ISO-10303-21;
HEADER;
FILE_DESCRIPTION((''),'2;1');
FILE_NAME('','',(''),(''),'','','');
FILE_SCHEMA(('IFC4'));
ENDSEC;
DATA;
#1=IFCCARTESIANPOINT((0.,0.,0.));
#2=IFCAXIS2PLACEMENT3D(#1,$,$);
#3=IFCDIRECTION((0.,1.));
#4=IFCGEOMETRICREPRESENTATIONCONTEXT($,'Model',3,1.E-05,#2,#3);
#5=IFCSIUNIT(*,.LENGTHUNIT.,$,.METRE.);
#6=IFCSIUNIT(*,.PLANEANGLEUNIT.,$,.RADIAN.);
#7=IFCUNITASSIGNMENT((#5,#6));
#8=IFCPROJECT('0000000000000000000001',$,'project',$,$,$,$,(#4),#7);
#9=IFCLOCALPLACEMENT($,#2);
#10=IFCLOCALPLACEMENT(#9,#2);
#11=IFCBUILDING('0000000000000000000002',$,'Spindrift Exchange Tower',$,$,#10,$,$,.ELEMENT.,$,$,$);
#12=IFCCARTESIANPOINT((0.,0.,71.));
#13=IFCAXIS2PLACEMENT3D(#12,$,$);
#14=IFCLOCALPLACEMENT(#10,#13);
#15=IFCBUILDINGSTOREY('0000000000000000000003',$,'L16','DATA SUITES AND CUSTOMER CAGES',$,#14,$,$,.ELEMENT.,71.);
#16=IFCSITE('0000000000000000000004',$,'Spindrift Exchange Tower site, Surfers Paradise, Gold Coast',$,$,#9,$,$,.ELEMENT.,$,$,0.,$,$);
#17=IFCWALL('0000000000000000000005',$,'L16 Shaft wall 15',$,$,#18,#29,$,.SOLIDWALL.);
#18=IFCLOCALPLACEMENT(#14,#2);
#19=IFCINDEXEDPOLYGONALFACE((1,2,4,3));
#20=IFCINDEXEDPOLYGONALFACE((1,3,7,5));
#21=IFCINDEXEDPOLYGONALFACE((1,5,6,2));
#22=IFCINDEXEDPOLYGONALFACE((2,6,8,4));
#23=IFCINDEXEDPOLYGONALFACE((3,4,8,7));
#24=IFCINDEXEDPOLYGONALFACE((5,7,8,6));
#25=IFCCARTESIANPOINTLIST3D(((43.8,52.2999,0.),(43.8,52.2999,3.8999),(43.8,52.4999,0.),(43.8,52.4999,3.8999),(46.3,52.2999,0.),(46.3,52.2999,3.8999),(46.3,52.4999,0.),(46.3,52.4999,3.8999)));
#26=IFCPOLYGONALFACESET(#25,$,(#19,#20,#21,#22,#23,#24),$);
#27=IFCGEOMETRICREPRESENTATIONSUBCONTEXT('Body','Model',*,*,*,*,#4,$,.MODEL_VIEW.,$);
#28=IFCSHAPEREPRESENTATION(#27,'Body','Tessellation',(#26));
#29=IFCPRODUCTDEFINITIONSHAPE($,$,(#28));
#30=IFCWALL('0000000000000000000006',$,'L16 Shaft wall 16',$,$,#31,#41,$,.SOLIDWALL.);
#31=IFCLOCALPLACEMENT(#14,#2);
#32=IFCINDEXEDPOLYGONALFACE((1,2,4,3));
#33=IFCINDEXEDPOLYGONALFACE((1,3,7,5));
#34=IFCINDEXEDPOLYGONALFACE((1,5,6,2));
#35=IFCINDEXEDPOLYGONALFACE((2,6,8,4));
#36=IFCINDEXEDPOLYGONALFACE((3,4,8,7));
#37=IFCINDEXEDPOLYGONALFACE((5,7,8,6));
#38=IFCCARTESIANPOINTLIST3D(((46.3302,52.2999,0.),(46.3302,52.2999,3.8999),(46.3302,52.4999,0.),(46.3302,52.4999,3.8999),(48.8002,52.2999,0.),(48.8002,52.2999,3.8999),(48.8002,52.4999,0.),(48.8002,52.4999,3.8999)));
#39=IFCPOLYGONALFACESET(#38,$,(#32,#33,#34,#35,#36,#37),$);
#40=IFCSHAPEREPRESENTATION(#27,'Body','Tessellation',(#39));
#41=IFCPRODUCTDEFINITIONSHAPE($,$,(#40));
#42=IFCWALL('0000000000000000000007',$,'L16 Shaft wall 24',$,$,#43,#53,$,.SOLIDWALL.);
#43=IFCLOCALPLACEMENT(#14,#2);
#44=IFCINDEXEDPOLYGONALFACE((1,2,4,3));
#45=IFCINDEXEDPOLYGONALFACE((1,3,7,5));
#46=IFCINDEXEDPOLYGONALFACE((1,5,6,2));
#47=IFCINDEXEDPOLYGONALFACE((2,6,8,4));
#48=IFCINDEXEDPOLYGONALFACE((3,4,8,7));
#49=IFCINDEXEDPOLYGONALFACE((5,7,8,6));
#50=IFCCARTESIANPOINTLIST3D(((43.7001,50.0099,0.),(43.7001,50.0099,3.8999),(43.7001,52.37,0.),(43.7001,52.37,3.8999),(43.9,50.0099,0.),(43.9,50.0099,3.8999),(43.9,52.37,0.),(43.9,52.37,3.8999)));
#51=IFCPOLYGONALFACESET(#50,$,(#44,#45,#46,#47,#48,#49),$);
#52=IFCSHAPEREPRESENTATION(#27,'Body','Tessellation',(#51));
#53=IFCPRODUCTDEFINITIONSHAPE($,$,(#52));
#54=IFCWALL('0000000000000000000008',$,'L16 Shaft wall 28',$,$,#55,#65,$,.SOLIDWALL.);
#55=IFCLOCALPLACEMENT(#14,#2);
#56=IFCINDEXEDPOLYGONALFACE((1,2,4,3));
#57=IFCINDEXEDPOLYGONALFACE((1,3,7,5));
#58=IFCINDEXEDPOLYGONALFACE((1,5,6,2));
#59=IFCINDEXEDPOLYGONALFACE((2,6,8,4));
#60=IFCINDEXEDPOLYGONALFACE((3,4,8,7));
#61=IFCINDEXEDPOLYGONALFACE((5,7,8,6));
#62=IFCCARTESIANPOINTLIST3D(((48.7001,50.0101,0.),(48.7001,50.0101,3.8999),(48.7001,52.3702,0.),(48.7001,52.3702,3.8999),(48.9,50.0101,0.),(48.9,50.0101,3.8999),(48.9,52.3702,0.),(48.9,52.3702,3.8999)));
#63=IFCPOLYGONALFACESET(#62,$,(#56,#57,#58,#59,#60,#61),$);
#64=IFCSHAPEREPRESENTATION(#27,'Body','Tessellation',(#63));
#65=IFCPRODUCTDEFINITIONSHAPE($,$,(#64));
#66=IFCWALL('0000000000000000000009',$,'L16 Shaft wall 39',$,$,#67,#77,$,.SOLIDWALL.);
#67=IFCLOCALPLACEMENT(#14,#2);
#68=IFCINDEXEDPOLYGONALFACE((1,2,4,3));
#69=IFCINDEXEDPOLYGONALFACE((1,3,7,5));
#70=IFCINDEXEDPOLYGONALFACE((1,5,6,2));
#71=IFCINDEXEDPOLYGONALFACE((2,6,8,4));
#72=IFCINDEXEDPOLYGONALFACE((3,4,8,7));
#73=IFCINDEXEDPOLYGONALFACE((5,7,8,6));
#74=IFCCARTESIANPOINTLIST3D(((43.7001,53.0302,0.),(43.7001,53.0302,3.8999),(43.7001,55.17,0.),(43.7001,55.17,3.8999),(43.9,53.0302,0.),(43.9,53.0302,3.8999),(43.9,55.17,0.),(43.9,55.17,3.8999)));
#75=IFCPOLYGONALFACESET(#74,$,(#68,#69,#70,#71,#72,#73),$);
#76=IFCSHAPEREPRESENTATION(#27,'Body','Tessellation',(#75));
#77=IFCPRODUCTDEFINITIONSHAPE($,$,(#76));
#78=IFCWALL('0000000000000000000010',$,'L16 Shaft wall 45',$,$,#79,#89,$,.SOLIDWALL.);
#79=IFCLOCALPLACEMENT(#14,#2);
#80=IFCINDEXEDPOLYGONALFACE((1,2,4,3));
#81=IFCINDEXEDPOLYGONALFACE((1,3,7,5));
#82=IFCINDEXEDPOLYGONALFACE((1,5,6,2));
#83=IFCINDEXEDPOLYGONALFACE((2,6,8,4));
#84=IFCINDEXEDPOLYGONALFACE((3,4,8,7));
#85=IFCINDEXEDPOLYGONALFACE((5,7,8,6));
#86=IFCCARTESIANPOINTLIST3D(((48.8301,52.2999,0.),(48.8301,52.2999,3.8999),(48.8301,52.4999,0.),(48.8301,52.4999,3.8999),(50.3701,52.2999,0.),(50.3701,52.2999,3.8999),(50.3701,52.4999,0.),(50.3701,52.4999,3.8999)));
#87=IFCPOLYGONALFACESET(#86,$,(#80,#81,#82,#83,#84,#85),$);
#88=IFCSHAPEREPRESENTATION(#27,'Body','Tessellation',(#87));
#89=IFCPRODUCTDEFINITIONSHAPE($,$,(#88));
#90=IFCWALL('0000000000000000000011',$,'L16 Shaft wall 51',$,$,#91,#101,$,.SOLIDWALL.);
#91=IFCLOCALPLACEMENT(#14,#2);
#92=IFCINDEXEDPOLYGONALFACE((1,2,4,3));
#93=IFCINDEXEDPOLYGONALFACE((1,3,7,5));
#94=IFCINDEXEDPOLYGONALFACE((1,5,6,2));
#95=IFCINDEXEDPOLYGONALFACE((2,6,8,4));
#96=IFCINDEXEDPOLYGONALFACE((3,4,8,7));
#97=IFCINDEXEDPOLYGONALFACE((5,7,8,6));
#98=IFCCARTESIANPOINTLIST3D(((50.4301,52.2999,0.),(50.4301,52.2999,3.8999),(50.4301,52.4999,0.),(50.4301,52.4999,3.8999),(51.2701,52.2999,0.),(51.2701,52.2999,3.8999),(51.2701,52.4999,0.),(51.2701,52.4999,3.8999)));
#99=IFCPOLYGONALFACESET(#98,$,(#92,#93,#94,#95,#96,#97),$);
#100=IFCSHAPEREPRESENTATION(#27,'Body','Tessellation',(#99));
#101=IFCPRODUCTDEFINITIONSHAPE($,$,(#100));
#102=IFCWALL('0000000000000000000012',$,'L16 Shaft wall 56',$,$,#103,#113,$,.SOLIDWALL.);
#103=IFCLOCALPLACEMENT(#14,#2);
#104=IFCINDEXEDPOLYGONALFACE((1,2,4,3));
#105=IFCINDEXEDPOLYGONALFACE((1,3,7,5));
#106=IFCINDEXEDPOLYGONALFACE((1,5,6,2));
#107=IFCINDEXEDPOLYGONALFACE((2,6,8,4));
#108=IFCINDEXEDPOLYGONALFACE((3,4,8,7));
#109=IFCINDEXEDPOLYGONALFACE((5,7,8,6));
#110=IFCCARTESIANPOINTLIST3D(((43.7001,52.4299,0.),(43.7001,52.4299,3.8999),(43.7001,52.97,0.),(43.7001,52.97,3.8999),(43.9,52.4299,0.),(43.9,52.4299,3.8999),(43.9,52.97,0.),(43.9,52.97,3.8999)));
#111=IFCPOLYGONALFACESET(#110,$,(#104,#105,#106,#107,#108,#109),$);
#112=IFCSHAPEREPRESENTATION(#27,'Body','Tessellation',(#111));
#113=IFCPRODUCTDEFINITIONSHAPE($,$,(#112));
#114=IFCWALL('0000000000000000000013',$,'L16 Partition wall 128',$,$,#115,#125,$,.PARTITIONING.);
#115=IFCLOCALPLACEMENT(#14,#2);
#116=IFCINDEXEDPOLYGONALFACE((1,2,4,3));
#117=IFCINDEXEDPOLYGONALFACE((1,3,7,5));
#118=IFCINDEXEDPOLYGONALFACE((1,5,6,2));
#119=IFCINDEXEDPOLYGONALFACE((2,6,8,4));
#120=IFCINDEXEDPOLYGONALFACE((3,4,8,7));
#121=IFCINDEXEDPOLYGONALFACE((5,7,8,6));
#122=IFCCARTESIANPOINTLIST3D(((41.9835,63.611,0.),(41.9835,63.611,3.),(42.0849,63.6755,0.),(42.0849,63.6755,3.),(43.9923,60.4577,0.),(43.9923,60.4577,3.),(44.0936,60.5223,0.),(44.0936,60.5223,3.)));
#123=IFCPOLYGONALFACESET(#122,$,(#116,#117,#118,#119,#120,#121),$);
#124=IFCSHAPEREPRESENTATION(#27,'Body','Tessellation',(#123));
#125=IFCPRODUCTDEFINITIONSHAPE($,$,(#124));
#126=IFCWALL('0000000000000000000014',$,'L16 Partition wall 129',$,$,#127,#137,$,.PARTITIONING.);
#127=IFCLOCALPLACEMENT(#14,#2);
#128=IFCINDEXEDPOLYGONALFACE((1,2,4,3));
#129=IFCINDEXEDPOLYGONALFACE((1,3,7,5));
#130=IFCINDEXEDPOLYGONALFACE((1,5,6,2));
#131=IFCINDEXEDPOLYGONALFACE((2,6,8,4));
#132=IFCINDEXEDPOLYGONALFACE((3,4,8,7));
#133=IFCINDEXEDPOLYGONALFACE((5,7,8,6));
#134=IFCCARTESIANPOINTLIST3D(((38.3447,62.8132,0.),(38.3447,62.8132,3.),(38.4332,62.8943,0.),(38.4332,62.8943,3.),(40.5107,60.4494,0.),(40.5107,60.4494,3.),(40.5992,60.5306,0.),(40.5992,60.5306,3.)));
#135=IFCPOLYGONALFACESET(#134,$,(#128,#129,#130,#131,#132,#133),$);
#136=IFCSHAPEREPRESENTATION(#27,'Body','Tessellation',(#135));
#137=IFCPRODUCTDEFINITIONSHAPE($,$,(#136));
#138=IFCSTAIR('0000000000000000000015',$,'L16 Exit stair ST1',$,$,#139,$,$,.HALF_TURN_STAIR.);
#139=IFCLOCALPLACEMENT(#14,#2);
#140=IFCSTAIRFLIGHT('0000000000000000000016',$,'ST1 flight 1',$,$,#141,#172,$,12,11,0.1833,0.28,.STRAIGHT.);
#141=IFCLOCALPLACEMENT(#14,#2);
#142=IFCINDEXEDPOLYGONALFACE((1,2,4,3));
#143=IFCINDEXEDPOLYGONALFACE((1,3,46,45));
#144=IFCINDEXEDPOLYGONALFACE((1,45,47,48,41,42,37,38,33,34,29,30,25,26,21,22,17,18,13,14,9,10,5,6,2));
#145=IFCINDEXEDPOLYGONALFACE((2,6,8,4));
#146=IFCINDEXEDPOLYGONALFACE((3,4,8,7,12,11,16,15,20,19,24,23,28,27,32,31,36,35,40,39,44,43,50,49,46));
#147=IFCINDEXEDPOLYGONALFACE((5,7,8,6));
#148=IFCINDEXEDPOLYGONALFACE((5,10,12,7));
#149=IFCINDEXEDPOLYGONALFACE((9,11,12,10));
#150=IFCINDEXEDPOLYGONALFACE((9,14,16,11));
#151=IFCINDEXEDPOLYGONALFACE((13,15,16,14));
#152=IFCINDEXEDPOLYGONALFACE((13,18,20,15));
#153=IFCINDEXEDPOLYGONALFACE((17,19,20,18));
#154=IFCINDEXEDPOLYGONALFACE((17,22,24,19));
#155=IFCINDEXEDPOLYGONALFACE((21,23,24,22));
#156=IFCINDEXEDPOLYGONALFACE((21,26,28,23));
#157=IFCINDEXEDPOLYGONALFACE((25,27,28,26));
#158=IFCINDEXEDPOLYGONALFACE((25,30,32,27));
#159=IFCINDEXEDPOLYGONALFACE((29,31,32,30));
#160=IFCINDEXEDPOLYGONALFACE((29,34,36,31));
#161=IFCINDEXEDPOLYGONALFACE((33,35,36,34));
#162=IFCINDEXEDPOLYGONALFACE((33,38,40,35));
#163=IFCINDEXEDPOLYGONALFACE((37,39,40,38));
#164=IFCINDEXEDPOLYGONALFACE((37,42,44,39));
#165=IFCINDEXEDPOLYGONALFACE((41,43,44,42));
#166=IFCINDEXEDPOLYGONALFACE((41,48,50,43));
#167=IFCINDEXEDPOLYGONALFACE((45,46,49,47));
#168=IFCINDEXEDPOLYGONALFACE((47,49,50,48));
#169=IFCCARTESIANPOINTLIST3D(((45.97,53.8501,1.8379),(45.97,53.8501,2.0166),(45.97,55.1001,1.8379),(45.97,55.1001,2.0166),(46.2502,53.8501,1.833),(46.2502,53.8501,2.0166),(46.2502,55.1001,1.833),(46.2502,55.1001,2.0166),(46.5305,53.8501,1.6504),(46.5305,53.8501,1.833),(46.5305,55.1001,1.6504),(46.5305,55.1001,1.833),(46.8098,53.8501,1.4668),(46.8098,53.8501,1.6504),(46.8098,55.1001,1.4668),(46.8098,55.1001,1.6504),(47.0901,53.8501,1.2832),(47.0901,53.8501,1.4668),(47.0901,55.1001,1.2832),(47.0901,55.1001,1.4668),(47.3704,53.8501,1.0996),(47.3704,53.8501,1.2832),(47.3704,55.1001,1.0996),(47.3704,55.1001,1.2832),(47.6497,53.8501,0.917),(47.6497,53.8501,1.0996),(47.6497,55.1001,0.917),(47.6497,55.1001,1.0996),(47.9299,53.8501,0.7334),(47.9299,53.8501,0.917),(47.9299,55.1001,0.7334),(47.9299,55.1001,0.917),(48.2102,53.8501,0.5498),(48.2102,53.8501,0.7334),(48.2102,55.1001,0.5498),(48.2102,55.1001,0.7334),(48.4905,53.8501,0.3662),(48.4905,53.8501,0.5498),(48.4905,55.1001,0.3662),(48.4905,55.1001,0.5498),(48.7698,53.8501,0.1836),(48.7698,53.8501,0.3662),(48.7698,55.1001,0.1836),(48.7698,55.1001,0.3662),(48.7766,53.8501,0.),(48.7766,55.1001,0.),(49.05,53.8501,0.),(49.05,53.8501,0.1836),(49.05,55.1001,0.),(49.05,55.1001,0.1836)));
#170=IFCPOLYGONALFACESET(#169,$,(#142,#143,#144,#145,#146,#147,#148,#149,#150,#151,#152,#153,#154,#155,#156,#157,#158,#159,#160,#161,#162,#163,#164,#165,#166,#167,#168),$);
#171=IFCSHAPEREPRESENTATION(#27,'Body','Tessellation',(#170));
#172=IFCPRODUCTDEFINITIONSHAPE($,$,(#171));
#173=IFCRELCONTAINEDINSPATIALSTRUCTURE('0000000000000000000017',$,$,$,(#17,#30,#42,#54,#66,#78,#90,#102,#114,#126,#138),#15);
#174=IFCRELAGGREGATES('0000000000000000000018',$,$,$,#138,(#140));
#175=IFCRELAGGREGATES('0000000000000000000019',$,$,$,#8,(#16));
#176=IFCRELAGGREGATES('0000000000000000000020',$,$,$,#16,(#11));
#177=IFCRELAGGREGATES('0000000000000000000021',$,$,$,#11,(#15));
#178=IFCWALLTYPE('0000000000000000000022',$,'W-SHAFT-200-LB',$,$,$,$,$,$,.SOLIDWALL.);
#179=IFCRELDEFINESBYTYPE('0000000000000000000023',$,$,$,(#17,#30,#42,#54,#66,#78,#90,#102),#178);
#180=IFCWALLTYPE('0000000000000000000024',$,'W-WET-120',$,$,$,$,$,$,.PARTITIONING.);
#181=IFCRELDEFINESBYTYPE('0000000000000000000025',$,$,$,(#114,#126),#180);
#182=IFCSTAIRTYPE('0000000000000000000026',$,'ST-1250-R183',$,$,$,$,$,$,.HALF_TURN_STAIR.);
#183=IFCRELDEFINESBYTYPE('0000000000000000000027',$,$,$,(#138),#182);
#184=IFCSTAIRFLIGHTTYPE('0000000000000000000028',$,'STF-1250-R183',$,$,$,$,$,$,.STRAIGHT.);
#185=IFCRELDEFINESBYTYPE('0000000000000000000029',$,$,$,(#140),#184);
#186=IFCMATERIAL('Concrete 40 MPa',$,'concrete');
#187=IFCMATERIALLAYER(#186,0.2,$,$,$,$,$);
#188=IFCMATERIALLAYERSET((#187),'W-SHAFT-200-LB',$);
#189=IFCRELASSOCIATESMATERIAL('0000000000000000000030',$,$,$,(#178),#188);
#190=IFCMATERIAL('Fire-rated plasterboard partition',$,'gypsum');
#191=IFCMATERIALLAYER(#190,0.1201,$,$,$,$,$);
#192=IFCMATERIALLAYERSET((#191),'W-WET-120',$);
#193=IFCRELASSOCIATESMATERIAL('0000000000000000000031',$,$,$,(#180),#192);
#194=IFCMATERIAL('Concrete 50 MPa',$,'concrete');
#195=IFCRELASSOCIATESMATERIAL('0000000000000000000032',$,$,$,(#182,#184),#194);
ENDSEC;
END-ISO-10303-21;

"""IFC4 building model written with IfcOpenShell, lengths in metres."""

from ifc_helpers import new_model, si_unit, direction, frame, frame_2d, origin, place, context, subcontext, project, spatial, line, indexed_curve, rectangle, outline, extrude, material, layer, layer_set, type_object, element, aggregate, save


model = new_model("IFC4")

# Units and contexts
model_context = context("Model", 3, precision=1e-05, world=origin(), true_north=direction((0.0, 1.0)))
body_context = subcontext(model_context, "Body", "Model", "MODEL_VIEW")
ifc_project = project(units=[si_unit("LENGTHUNIT", "METRE"), si_unit("PLANEANGLEUNIT", "RADIAN")], contexts=[model_context])

# Site, building, storey
site_placement = place(None, origin())
site = spatial("IfcSite", under=ifc_project, at=site_placement, Name="Spindrift Exchange Tower site, Surfers Paradise, Gold Coast", CompositionType="ELEMENT", RefElevation=0.0)
building_placement = place(site_placement, origin())
building = spatial("IfcBuilding", under=site, at=building_placement, Name="Spindrift Exchange Tower", CompositionType="ELEMENT")
storey_placement = place(building_placement, frame((0.0, 0.0, 71.0)))
storey = spatial("IfcBuildingStorey", under=building, at=storey_placement, Name="L16", Description="DATA SUITES AND CUSTOMER CAGES", CompositionType="ELEMENT", Elevation=71.0)

# Shared definitions
ifc_material_1 = material(Name="Fire-rated plasterboard partition", Category="gypsum")

# Shared definitions
ifc_material_2 = material(Name="Concrete 40 MPa", Category="concrete")

# Shared definitions
ifc_layer_1 = layer(ifc_material_2, 0.2)
ifc_layer_set_1 = layer_set([ifc_layer_1], Name="W-SHAFT-200-LB")
wall_type_1 = type_object("IfcWallType", Name="W-SHAFT-200-LB", PredefinedType="SOLIDWALL", material=ifc_layer_set_1)

# Walls
wall_1_placement = place(storey_placement, frame((46.3, 52.3999, 0.0), z_axis=(0.0, 0.0, 1.0), x_axis=(-1.0, 0.0, 0.0)))
element("IfcWall", 1, at=wall_1_placement, inside=storey, type_object=wall_type_1, Name="L16 Shaft wall 15", PredefinedType="SOLIDWALL", context=body_context, shape_type="SweptSolid", body=[
    extrude(rectangle(XDim=2.5, YDim=0.2, at=frame_2d((1.25, 0.0))), origin(), (0.0, 0.0, 1.0), 3.8999),
])
wall_2_placement = place(storey_placement, frame((48.8, 52.3999, 0.0), z_axis=(0.0, 0.0, 1.0), x_axis=(-1.0, 0.0, 0.0)))
element("IfcWall", 2, at=wall_2_placement, inside=storey, type_object=wall_type_1, Name="L16 Shaft wall 16", PredefinedType="SOLIDWALL", context=body_context, shape_type="SweptSolid", body=[
    extrude(rectangle(XDim=2.47, YDim=0.2, at=frame_2d((1.2349, 0.0))), origin(), (0.0, 0.0, 1.0), 3.8999),
])
for number, where, z_axis, x_axis, name in (
    (3, (43.8, 52.3701, 0.0), (0.0, 0.0, 1.0), (0.0, -1.0, 0.0), "L16 Shaft wall 24"),
    (4, (48.8, 50.01, 0.0), (0.0, 0.0, 1.0), (0.0, 1.0, 0.0), "L16 Shaft wall 28"),
):
    element("IfcWall", number, at=place(storey_placement, frame(where, z_axis=z_axis, x_axis=x_axis)), inside=storey, type_object=wall_type_1, Name=name, PredefinedType="SOLIDWALL", context=body_context, shape_type="SweptSolid", body=[
        extrude(rectangle(XDim=2.3601, YDim=0.2, at=frame_2d((1.1802, 0.0))), origin(), (0.0, 0.0, 1.0), 3.8999),
    ])
wall_3_placement = place(storey_placement, frame((43.8, 55.1699, 0.0), z_axis=(0.0, 0.0, 1.0), x_axis=(0.0, -1.0, 0.0)))
element("IfcWall", 5, at=wall_3_placement, inside=storey, type_object=wall_type_1, Name="L16 Shaft wall 39", PredefinedType="SOLIDWALL", context=body_context, shape_type="SweptSolid", body=[
    extrude(rectangle(XDim=2.1399, YDim=0.2, at=frame_2d((1.0698, 0.0))), origin(), (0.0, 0.0, 1.0), 3.8999),
])
wall_4_placement = place(storey_placement, frame((50.3701, 52.3999, 0.0), z_axis=(0.0, 0.0, 1.0), x_axis=(-1.0, 0.0, 0.0)))
element("IfcWall", 6, at=wall_4_placement, inside=storey, type_object=wall_type_1, Name="L16 Shaft wall 45", PredefinedType="SOLIDWALL", context=body_context, shape_type="SweptSolid", body=[
    extrude(rectangle(XDim=1.54, YDim=0.2, at=frame_2d((0.77, 0.0))), origin(), (0.0, 0.0, 1.0), 3.8999),
])
wall_5_placement = place(storey_placement, frame((51.27, 52.3999, 0.0), z_axis=(0.0, 0.0, 1.0), x_axis=(-1.0, 0.0, 0.0)))
element("IfcWall", 7, at=wall_5_placement, inside=storey, type_object=wall_type_1, Name="L16 Shaft wall 51", PredefinedType="SOLIDWALL", context=body_context, shape_type="SweptSolid", body=[
    extrude(rectangle(XDim=0.8401, YDim=0.2, at=frame_2d((0.4199, 0.0))), origin(), (0.0, 0.0, 1.0), 3.8999),
])
wall_6_placement = place(storey_placement, frame((43.8, 52.4299, 0.0), z_axis=(0.0, 0.0, 1.0), x_axis=(0.0, 1.0, 0.0)))
element("IfcWall", 8, at=wall_6_placement, inside=storey, type_object=wall_type_1, Name="L16 Shaft wall 56", PredefinedType="SOLIDWALL", context=body_context, shape_type="SweptSolid", body=[
    extrude(rectangle(XDim=0.54, YDim=0.2, at=frame_2d((0.27, 0.0))), origin(), (0.0, 0.0, 1.0), 3.8999),
])
ifc_layer_2 = layer(ifc_material_1, 0.1201)
ifc_layer_set_2 = layer_set([ifc_layer_2], Name="W-WET-120")
wall_type_2 = type_object("IfcWallType", Name="W-WET-120", PredefinedType="PARTITIONING", material=ifc_layer_set_2)
wall_7_placement = place(storey_placement, frame((44.043, 60.49, 0.0), z_axis=(0.0, 0.0, 1.0), x_axis=(-0.537281, 0.843403, 0.0)))
element("IfcWall", 9, at=wall_7_placement, inside=storey, type_object=wall_type_2, Name="L16 Partition wall 128", PredefinedType="PARTITIONING", context=body_context, shape_type="SweptSolid", body=[
    extrude(rectangle(XDim=3.7388, YDim=0.1201, at=frame_2d((1.8694, 0.0))), origin(), (0.0, 0.0, 1.0), 3.0),
])
wall_8_placement = place(storey_placement, frame((40.5549, 60.49, 0.0), z_axis=(0.0, 0.0, 1.0), x_axis=(-0.675594, 0.737274, 0.0)))
element("IfcWall", 10, at=wall_8_placement, inside=storey, type_object=wall_type_2, Name="L16 Partition wall 129", PredefinedType="PARTITIONING", context=body_context, shape_type="SweptSolid", body=[
    extrude(rectangle(XDim=3.2061, YDim=0.1201, at=frame_2d((1.603, 0.0))), origin(), (0.0, 0.0, 1.0), 3.0),
])

# Stair, stair flight
ifc_material_3 = material(Name="Concrete 50 MPa", Category="concrete")
stair_type = type_object("IfcStairType", Name="ST-1250-R183", PredefinedType="HALF_TURN_STAIR", material=ifc_material_3)
stair_placement = place(storey_placement, origin())
stair = element("IfcStair", 11, at=stair_placement, inside=storey, type_object=stair_type, Name="L16 Exit stair ST1", PredefinedType="HALF_TURN_STAIR")
stair_flight_type = type_object("IfcStairFlightType", Name="STF-1250-R183", PredefinedType="STRAIGHT", material=ifc_material_3)
stair_flight_1_placement = place(storey_placement, frame((49.05, 54.4751, 0.0), z_axis=(0.0, 0.0, 1.0), x_axis=(-1.0, 0.0, 0.0)))
stair_flight_1 = element("IfcStairFlight", 12, at=stair_flight_1_placement, type_object=stair_flight_type, Name="ST1 flight 1", NumberOfRisers=12, NumberOfTreads=11, PredefinedType="STRAIGHT", RiserHeight=0.1833, TreadLength=0.28, context=body_context, shape_type="SweptSolid", body=[
    extrude(outline(indexed_curve([(0.0, 0.0), (0.0, 0.1836), (0.2803, 0.1836), (0.2803, 0.3662), (0.5596, 0.3662), (0.5596, 0.5498), (0.8398, 0.5498), (0.8398, 0.7334), (1.1201, 0.7334), (1.1201, 0.917), (1.4004, 0.917), (1.4004, 1.0996), (1.6797, 1.0996), (1.6797, 1.2832), (1.96, 1.2832), (1.96, 1.4668), (2.2402, 1.4668), (2.2402, 1.6504), (2.5195, 1.6504), (2.5195, 1.833), (2.7998, 1.833), (2.7998, 2.0166), (3.0801, 2.0166), (3.0801, 2.2002), (3.0801, 1.8379), (0.2734, 0.0)], segments=[line(1, 2, 3, 4, 5, 6, 7, 8, 9, 10, 11, 12, 13, 14, 15, 16, 17, 18, 19, 20, 21, 22, 23, 24, 25, 26, 1)], self_intersect=False)), frame((0.0, 0.625, 0.0), z_axis=(0.0, -1.0, 0.0), x_axis=(1.0, 0.0, 0.0)), (0.0, 0.0, 1.0), 1.25),
])
aggregate(stair, [stair_flight_1])

save(model, "model.ifc")
